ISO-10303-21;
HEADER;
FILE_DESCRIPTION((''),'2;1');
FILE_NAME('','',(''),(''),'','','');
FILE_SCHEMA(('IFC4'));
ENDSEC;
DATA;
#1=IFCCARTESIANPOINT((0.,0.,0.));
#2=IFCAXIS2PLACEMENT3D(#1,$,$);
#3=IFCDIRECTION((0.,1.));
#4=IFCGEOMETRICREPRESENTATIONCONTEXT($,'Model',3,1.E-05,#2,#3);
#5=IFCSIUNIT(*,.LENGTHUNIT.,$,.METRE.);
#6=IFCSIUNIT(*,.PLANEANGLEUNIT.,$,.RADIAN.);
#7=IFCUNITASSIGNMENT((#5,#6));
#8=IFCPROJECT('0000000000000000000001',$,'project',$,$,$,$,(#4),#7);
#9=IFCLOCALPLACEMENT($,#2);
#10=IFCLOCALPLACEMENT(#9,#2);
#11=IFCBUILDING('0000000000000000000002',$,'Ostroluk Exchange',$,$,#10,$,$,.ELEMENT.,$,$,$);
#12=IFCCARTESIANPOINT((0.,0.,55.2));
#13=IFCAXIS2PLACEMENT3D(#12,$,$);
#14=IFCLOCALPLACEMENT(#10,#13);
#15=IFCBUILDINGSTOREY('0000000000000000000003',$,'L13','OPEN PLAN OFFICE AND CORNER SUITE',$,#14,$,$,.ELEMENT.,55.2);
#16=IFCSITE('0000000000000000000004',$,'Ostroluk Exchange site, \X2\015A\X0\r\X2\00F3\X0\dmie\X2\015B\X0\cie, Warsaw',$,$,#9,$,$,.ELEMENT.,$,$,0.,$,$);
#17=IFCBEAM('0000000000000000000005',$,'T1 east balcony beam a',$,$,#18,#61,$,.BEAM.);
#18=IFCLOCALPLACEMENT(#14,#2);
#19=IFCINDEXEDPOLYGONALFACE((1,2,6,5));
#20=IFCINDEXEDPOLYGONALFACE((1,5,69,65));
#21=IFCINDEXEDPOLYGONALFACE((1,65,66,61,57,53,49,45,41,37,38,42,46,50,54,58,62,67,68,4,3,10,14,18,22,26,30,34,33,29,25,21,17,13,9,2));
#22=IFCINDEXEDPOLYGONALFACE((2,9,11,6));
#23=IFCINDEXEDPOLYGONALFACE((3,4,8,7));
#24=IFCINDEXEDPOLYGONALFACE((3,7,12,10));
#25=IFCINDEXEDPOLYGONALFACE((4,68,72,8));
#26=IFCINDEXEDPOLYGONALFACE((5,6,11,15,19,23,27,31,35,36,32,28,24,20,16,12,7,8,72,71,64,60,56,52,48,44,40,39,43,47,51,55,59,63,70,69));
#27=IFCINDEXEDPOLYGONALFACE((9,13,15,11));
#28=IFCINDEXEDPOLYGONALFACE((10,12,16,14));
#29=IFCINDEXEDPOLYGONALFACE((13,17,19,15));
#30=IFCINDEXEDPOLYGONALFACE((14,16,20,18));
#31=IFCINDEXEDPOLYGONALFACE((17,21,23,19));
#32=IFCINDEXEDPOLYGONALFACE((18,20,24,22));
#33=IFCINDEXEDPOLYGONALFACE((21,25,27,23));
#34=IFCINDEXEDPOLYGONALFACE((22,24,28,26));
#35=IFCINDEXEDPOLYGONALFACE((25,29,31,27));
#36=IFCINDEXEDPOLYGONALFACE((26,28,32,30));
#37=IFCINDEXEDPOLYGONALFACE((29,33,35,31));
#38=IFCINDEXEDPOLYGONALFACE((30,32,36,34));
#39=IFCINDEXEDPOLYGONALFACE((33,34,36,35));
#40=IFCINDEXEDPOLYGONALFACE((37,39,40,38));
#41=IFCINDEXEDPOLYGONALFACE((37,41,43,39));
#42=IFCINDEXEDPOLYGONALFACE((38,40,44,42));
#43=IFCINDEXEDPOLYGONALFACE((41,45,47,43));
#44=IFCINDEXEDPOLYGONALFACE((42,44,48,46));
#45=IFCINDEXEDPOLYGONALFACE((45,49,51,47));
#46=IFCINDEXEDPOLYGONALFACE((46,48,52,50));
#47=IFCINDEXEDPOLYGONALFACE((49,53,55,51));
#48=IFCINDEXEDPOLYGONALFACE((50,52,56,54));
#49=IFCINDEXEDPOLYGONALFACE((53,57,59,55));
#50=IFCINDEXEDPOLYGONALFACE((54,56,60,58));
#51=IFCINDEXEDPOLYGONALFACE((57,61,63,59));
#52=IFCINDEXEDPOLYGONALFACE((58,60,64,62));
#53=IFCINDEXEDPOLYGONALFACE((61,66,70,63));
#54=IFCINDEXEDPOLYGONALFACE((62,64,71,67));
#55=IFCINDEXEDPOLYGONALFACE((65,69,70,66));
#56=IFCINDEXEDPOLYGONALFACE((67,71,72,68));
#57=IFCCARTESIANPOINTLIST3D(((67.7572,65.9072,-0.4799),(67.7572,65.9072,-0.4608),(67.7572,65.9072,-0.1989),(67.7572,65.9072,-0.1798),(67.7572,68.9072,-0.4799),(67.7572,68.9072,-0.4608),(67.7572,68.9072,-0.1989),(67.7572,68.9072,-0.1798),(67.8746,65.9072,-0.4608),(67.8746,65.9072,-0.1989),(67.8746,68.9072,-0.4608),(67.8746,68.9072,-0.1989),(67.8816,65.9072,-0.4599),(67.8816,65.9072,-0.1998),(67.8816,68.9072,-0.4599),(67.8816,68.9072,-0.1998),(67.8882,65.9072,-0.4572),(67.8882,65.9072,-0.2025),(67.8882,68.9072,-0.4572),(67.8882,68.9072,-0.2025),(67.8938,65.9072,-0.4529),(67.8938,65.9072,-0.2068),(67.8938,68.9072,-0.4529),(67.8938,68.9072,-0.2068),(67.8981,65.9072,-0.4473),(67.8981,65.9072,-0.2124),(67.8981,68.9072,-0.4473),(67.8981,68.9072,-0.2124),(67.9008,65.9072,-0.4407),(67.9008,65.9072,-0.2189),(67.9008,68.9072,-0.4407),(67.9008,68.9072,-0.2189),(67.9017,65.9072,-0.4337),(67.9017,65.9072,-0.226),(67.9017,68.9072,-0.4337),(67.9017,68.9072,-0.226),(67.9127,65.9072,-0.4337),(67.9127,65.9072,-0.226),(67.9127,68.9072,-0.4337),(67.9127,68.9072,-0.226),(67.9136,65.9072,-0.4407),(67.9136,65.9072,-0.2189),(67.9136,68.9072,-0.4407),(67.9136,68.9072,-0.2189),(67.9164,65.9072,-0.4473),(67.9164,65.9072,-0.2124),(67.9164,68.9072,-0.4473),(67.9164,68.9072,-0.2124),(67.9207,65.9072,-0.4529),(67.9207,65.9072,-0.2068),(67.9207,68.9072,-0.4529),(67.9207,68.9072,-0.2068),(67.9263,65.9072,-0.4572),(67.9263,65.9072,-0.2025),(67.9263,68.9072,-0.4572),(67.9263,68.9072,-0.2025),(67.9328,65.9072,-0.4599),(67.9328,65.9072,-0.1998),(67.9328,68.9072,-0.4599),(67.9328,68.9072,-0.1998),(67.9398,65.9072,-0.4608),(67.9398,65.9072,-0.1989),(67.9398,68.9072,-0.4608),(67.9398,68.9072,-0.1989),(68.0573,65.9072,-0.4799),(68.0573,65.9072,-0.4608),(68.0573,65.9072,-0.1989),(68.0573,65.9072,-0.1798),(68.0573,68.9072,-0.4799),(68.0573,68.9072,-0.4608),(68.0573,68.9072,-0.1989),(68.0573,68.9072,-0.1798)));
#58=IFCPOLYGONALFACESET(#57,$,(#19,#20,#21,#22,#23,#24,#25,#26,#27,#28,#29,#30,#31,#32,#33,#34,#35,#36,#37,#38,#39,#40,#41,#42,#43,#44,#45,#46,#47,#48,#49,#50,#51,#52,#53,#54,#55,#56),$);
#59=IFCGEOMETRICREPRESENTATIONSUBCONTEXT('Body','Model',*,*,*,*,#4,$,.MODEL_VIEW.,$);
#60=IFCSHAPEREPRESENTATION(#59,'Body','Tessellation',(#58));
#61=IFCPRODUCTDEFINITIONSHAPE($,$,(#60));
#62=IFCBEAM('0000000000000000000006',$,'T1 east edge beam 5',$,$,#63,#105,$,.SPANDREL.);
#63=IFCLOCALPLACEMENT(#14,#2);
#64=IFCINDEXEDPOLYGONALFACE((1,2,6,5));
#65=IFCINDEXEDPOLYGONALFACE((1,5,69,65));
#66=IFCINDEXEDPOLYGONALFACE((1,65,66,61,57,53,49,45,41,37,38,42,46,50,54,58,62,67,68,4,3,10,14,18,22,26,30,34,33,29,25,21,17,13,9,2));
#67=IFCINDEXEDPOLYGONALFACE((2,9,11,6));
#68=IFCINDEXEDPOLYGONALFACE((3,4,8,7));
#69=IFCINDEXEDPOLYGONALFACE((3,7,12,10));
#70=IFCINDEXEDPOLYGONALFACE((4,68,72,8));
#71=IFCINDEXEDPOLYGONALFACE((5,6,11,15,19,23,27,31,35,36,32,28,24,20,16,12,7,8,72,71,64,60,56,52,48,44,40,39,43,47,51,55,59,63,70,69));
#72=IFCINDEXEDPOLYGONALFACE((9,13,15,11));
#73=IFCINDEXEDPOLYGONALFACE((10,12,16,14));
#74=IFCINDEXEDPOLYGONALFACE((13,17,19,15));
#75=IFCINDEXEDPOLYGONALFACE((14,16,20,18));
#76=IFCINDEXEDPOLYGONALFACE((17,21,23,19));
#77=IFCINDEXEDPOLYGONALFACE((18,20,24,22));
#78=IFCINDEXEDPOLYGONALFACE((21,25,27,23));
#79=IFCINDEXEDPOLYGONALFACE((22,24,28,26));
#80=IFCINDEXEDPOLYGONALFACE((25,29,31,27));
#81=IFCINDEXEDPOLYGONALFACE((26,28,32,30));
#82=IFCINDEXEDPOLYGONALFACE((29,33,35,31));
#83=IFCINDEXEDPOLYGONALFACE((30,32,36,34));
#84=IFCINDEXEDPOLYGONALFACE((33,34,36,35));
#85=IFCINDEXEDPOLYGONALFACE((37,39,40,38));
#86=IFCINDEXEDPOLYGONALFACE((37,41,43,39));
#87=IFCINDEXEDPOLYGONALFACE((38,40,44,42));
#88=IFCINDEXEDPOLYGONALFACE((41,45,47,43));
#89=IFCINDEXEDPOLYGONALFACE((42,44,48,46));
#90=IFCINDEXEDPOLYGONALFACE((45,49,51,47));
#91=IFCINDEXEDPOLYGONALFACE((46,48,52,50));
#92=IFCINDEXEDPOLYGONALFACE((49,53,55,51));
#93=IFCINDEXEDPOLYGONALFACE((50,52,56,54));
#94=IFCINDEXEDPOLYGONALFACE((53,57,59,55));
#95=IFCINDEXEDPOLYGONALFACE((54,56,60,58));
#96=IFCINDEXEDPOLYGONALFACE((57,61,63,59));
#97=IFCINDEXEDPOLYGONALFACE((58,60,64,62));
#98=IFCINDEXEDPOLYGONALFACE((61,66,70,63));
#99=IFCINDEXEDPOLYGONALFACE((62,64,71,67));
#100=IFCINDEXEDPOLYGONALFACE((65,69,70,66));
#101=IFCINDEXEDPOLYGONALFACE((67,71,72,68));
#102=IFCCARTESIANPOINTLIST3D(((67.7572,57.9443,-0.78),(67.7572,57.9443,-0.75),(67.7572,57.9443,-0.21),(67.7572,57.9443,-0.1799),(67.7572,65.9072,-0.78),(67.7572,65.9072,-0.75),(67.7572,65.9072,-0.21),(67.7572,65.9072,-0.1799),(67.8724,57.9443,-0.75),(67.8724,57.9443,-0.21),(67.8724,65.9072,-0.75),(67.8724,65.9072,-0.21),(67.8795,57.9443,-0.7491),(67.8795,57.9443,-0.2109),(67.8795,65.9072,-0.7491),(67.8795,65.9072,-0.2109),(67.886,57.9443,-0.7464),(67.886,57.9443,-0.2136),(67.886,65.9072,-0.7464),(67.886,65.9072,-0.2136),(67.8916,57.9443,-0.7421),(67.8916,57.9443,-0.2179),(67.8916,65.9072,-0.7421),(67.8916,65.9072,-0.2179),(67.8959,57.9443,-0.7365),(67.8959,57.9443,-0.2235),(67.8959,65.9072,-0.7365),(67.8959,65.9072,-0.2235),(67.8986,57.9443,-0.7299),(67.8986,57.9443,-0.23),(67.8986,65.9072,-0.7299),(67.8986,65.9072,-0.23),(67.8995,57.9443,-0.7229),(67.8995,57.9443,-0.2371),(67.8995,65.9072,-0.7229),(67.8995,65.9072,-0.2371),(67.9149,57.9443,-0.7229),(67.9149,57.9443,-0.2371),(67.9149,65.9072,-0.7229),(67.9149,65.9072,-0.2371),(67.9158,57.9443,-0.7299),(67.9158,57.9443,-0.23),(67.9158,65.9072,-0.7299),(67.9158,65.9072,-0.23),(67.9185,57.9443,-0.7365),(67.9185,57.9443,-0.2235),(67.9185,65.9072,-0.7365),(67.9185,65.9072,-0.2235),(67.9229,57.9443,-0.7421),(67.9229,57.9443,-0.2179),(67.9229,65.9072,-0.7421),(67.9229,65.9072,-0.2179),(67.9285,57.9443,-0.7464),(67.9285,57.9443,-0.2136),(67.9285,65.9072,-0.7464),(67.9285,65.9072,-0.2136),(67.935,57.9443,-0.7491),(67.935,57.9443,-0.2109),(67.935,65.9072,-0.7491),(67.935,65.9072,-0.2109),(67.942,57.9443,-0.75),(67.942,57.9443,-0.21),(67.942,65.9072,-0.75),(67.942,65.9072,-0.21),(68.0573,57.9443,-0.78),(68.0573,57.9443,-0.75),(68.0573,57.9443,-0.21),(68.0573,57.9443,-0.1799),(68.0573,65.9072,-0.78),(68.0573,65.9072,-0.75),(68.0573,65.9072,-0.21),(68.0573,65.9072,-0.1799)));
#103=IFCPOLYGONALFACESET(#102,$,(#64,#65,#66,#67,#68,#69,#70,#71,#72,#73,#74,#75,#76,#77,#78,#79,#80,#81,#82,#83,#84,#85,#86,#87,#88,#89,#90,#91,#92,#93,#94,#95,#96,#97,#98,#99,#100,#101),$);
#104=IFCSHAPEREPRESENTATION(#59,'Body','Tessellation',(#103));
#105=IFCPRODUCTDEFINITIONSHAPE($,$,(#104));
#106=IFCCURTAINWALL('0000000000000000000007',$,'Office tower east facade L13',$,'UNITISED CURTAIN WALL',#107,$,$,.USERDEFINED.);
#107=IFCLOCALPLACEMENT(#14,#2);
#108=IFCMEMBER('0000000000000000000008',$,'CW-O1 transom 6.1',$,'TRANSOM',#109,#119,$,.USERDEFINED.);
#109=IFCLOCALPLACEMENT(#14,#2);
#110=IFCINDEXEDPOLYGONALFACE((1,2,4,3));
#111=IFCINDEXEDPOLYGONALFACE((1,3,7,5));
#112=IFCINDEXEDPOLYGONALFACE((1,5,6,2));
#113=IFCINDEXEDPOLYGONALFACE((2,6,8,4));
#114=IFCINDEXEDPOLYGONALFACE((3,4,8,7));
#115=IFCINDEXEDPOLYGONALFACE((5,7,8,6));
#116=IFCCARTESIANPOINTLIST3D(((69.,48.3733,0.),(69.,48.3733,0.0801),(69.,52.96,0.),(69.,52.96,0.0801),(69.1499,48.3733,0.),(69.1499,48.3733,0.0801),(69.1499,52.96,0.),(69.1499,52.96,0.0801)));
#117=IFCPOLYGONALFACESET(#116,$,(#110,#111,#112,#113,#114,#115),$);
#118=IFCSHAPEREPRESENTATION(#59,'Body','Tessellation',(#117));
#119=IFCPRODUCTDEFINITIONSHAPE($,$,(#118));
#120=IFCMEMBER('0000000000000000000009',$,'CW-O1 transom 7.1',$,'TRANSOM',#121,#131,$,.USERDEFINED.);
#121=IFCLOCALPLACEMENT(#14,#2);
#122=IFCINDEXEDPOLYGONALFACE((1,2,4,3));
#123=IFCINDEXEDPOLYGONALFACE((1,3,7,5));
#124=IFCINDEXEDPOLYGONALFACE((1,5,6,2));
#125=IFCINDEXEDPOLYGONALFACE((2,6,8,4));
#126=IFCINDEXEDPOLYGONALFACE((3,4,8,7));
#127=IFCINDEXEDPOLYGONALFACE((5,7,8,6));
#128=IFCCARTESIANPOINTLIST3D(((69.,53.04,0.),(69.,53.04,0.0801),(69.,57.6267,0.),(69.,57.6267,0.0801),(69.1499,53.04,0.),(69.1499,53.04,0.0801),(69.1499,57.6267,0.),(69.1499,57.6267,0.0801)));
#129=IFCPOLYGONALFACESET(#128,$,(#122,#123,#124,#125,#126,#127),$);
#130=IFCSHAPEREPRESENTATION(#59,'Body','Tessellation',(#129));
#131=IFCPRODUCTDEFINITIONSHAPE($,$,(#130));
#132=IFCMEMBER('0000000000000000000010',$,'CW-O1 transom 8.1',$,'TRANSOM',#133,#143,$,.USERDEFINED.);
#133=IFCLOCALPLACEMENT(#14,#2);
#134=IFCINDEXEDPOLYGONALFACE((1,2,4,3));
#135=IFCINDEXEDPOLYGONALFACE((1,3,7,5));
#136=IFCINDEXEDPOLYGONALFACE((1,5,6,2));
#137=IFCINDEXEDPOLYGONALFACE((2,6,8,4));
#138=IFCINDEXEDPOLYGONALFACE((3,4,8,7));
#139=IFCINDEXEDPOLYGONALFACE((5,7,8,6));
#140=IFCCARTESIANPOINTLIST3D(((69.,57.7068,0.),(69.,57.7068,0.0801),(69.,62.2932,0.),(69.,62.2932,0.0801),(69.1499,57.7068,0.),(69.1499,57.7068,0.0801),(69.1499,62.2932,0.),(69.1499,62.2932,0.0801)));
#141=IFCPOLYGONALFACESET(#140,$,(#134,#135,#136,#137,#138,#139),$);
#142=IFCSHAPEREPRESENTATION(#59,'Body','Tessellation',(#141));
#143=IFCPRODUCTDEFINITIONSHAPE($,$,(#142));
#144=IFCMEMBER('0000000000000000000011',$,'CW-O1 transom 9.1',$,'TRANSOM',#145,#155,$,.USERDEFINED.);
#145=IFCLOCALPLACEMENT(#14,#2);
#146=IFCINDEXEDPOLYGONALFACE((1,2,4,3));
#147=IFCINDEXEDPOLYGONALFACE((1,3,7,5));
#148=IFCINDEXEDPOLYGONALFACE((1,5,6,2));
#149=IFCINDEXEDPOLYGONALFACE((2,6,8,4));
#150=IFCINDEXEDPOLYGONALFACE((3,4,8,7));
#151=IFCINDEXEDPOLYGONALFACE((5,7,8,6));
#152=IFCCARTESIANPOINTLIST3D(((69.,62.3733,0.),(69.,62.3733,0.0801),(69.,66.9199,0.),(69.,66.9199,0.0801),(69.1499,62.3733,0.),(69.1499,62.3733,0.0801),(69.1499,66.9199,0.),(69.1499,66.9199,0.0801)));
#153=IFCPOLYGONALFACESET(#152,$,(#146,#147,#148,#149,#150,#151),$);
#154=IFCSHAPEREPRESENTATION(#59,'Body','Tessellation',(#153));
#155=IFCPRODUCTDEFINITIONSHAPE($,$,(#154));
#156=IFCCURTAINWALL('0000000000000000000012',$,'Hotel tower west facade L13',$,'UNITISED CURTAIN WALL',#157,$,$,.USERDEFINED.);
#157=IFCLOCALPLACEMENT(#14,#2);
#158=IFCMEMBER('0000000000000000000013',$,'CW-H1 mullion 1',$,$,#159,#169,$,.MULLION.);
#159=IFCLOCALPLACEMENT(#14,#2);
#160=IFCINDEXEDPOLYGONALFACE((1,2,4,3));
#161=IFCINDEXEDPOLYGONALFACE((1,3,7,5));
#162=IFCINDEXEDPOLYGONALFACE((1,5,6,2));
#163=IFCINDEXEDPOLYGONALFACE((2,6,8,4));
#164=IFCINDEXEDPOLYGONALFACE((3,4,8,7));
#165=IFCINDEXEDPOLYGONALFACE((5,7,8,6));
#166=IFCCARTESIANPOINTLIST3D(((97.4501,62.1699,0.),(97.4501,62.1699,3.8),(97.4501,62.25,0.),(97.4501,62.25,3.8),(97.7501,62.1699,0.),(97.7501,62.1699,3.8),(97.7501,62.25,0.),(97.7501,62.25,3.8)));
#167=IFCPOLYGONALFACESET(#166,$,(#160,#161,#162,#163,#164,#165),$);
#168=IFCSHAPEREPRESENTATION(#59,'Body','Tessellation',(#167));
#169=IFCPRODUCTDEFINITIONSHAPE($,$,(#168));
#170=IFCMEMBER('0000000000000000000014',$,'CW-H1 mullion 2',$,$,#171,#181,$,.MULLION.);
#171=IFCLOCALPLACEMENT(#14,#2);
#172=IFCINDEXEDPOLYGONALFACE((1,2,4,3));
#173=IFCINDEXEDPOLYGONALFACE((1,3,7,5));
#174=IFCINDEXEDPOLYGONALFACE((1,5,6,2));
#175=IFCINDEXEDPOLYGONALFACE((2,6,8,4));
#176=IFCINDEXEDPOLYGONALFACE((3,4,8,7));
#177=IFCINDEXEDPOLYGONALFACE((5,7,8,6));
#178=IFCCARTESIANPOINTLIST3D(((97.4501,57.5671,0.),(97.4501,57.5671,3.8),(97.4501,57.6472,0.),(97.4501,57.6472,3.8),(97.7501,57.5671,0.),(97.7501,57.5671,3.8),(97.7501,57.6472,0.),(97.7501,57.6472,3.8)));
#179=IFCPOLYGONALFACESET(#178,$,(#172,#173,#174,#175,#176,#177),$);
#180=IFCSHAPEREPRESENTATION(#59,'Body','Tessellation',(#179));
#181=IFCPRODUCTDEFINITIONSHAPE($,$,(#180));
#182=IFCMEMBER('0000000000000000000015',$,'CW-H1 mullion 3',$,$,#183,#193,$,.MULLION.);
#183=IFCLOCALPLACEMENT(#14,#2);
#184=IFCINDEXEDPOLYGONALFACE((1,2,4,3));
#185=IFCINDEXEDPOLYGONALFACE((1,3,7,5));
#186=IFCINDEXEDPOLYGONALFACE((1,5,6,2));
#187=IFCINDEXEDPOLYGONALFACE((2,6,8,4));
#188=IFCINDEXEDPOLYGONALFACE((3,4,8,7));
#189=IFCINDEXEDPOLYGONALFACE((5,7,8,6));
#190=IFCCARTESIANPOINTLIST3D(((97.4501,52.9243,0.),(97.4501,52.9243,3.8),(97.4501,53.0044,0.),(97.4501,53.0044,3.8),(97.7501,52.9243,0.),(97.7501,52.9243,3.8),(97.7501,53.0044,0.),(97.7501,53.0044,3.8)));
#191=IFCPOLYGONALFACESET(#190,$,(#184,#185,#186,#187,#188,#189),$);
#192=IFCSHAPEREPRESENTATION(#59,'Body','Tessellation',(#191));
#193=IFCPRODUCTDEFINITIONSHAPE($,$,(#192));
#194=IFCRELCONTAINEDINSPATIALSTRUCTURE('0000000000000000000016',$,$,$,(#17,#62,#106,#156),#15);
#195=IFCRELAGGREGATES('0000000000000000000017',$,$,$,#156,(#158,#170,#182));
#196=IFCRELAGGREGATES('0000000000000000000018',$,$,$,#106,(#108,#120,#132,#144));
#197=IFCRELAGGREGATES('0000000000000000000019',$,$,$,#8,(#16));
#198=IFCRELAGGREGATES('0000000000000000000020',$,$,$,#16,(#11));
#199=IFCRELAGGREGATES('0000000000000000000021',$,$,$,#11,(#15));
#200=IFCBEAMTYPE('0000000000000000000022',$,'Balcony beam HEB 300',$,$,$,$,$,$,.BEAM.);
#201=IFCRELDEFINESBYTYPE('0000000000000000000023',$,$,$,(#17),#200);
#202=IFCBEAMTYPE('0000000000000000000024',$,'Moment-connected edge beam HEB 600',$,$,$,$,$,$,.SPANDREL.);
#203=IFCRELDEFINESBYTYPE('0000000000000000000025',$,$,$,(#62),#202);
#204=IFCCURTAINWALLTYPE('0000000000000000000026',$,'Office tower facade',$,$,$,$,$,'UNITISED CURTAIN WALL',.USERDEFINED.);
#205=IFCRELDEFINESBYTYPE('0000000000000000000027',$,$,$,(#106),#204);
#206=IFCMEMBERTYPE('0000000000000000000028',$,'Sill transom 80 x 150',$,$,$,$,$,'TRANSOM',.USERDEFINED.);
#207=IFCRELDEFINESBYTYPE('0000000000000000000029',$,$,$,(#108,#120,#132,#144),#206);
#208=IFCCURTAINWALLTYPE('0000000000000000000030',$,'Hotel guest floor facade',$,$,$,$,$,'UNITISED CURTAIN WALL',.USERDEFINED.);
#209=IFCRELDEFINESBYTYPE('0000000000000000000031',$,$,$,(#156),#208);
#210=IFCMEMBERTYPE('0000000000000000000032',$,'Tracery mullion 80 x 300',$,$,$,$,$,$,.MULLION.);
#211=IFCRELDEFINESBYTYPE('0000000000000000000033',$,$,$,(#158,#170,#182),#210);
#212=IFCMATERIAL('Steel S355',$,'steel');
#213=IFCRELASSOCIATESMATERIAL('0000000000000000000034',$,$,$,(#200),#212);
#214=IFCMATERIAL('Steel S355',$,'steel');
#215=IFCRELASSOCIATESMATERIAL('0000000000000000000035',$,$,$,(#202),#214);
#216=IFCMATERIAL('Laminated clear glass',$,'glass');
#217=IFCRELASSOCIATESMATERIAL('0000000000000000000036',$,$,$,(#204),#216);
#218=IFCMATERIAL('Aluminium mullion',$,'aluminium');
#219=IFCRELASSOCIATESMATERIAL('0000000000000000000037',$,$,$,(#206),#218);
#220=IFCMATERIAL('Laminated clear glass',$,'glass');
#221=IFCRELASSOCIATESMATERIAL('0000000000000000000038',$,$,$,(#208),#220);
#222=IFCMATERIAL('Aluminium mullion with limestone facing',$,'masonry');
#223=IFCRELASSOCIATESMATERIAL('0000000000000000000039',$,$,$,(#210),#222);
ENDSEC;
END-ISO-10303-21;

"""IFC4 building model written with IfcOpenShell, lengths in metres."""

from ifc_helpers import new_model, si_unit, direction, frame, origin, origin_2d, place, context, subcontext, project, spatial, rectangle, i_section, extrude, material, material_profile, profile_set, type_object, element, aggregate, save


model = new_model("IFC4")

# Units and contexts
model_context = context("Model", 3, precision=1e-05, world=origin(), true_north=direction((0.0, 1.0)))
body_context = subcontext(model_context, "Body", "Model", "MODEL_VIEW")
ifc_project = project(units=[si_unit("LENGTHUNIT", "METRE"), si_unit("PLANEANGLEUNIT", "RADIAN")], contexts=[model_context])

# Site, building, storey
site_placement = place(None, origin())
site = spatial("IfcSite", under=ifc_project, at=site_placement, Name="Ostroluk Exchange site, Śródmieście, Warsaw", CompositionType="ELEMENT", RefElevation=0.0)
building_placement = place(site_placement, origin())
building = spatial("IfcBuilding", under=site, at=building_placement, Name="Ostroluk Exchange", CompositionType="ELEMENT")
storey_placement = place(building_placement, frame((0.0, 0.0, 55.2)))
storey = spatial("IfcBuildingStorey", under=building, at=storey_placement, Name="L13", Description="OPEN PLAN OFFICE AND CORNER SUITE", CompositionType="ELEMENT", Elevation=55.2)

# Beams
ifc_material_1 = material(Name="Steel S355", Category="steel")
ifc_material_profile_1 = material_profile(ifc_material_1, i_section(OverallWidth=0.3, OverallDepth=0.3, WebThickness=0.011, FlangeThickness=0.019, FilletRadius=0.0271, at=origin_2d()), Name="HEB 300")
ifc_profile_set_1 = profile_set([ifc_material_profile_1], Name="Steel S355")
beam_type_1 = type_object("IfcBeamType", Name="Balcony beam HEB 300", PredefinedType="BEAM", material=ifc_profile_set_1)
beam_1_placement = place(storey_placement, frame((67.9072, 65.9072, -0.3298), z_axis=(0.0, 1.0, 0.0), x_axis=(-1.0, 0.0, 0.0)))
element("IfcBeam", 1, at=beam_1_placement, inside=storey, type_object=beam_type_1, Name="T1 east balcony beam a", PredefinedType="BEAM", context=body_context, shape_type="SweptSolid", body=[
    extrude(i_section(OverallWidth=0.3, OverallDepth=0.3, WebThickness=0.011, FlangeThickness=0.019, FilletRadius=0.0271, at=origin_2d()), origin(), (0.0, 0.0, 1.0), 3.0),
])
ifc_material_2 = material(Name="Steel S355", Category="steel")
ifc_material_profile_2 = material_profile(ifc_material_2, i_section(OverallWidth=0.3, OverallDepth=0.6001, WebThickness=0.0154, FlangeThickness=0.03, FilletRadius=0.0271, at=origin_2d()), Name="HEB 600")
ifc_profile_set_2 = profile_set([ifc_material_profile_2], Name="Steel S355")
beam_type_2 = type_object("IfcBeamType", Name="Moment-connected edge beam HEB 600", PredefinedType="SPANDREL", material=ifc_profile_set_2)
beam_2_placement = place(storey_placement, frame((67.9072, 57.9443, -0.48), z_axis=(0.0, 1.0, 0.0), x_axis=(-1.0, 0.0, 0.0)))
element("IfcBeam", 2, at=beam_2_placement, inside=storey, type_object=beam_type_2, Name="T1 east edge beam 5", PredefinedType="SPANDREL", context=body_context, shape_type="SweptSolid", body=[
    extrude(i_section(OverallWidth=0.3, OverallDepth=0.6001, WebThickness=0.0154, FlangeThickness=0.03, FilletRadius=0.0271, at=origin_2d()), origin(), (0.0, 0.0, 1.0), 7.9629),
])

# Curtain walls, members
ifc_material_3 = material(Name="Laminated clear glass", Category="glass")
curtain_wall_type_1 = type_object("IfcCurtainWallType", Name="Office tower facade", ElementType="UNITISED CURTAIN WALL", PredefinedType="USERDEFINED", material=ifc_material_3)
curtain_wall_1_placement = place(storey_placement, origin())
curtain_wall_1 = element("IfcCurtainWall", 3, at=curtain_wall_1_placement, inside=storey, type_object=curtain_wall_type_1, Name="Office tower east facade L13", ObjectType="UNITISED CURTAIN WALL", PredefinedType="USERDEFINED")
ifc_material_4 = material(Name="Aluminium mullion", Category="aluminium")
ifc_material_profile_3 = material_profile(ifc_material_4, rectangle(XDim=0.1499, YDim=0.0801, at=origin_2d()), Name="Sill transom 80 x 150")
ifc_profile_set_3 = profile_set([ifc_material_profile_3], Name="Aluminium mullion")
member_type_1 = type_object("IfcMemberType", Name="Sill transom 80 x 150", ElementType="TRANSOM", PredefinedType="USERDEFINED", material=ifc_profile_set_3)
member_1_placement = place(storey_placement, frame((69.075, 48.3733, 0.04), z_axis=(0.0, 1.0, 0.0), x_axis=(-1.0, 0.0, 0.0)))
member_1 = element("IfcMember", 4, at=member_1_placement, type_object=member_type_1, Name="CW-O1 transom 6.1", ObjectType="TRANSOM", PredefinedType="USERDEFINED", context=body_context, shape_type="SweptSolid", body=[
    extrude(rectangle(XDim=0.1499, YDim=0.0801, at=origin_2d()), origin(), (0.0, 0.0, 1.0), 4.5867),
])
member_2_placement = place(storey_placement, frame((69.075, 53.04, 0.04), z_axis=(0.0, 1.0, 0.0), x_axis=(-1.0, 0.0, 0.0)))
member_2 = element("IfcMember", 5, at=member_2_placement, type_object=member_type_1, Name="CW-O1 transom 7.1", ObjectType="TRANSOM", PredefinedType="USERDEFINED", context=body_context, shape_type="SweptSolid", body=[
    extrude(rectangle(XDim=0.1499, YDim=0.0801, at=origin_2d()), origin(), (0.0, 0.0, 1.0), 4.5867),
])
member_3_placement = place(storey_placement, frame((69.075, 57.7068, 0.04), z_axis=(0.0, 1.0, 0.0), x_axis=(-1.0, 0.0, 0.0)))
member_3 = element("IfcMember", 6, at=member_3_placement, type_object=member_type_1, Name="CW-O1 transom 8.1", ObjectType="TRANSOM", PredefinedType="USERDEFINED", context=body_context, shape_type="SweptSolid", body=[
    extrude(rectangle(XDim=0.1499, YDim=0.0801, at=origin_2d()), origin(), (0.0, 0.0, 1.0), 4.5864),
])
member_4_placement = place(storey_placement, frame((69.075, 62.3733, 0.04), z_axis=(0.0, 1.0, 0.0), x_axis=(-1.0, 0.0, 0.0)))
member_4 = element("IfcMember", 7, at=member_4_placement, type_object=member_type_1, Name="CW-O1 transom 9.1", ObjectType="TRANSOM", PredefinedType="USERDEFINED", context=body_context, shape_type="SweptSolid", body=[
    extrude(rectangle(XDim=0.1499, YDim=0.0801, at=origin_2d()), origin(), (0.0, 0.0, 1.0), 4.5466),
])
ifc_material_5 = material(Name="Laminated clear glass", Category="glass")
curtain_wall_type_2 = type_object("IfcCurtainWallType", Name="Hotel guest floor facade", ElementType="UNITISED CURTAIN WALL", PredefinedType="USERDEFINED", material=ifc_material_5)
curtain_wall_2_placement = place(storey_placement, origin())
curtain_wall_2 = element("IfcCurtainWall", 8, at=curtain_wall_2_placement, inside=storey, type_object=curtain_wall_type_2, Name="Hotel tower west facade L13", ObjectType="UNITISED CURTAIN WALL", PredefinedType="USERDEFINED")
ifc_material_6 = material(Name="Aluminium mullion with limestone facing", Category="masonry")
ifc_material_profile_4 = material_profile(ifc_material_6, rectangle(XDim=0.3, YDim=0.0801, at=origin_2d()), Name="Tracery mullion 80 x 300")
ifc_profile_set_4 = profile_set([ifc_material_profile_4], Name="Aluminium mullion with limestone facing")
member_type_2 = type_object("IfcMemberType", Name="Tracery mullion 80 x 300", PredefinedType="MULLION", material=ifc_profile_set_4)
member_5_placement = place(storey_placement, frame((97.6001, 62.21, 0.0), z_axis=(0.0, 0.0, 1.0), x_axis=(1.0, 0.0, 0.0)))
member_5 = element("IfcMember", 9, at=member_5_placement, type_object=member_type_2, Name="CW-H1 mullion 1", PredefinedType="MULLION", context=body_context, shape_type="SweptSolid", body=[
    extrude(rectangle(XDim=0.3, YDim=0.0801, at=origin_2d()), origin(), (0.0, 0.0, 1.0), 3.8),
])
member_6_placement = place(storey_placement, frame((97.6001, 57.6072, 0.0), z_axis=(0.0, 0.0, 1.0), x_axis=(1.0, 0.0, 0.0)))
member_6 = element("IfcMember", 10, at=member_6_placement, type_object=member_type_2, Name="CW-H1 mullion 2", PredefinedType="MULLION", context=body_context, shape_type="SweptSolid", body=[
    extrude(rectangle(XDim=0.3, YDim=0.0801, at=origin_2d()), origin(), (0.0, 0.0, 1.0), 3.8),
])
member_7_placement = place(storey_placement, frame((97.6001, 52.9644, 0.0), z_axis=(0.0, 0.0, 1.0), x_axis=(1.0, 0.0, 0.0)))
member_7 = element("IfcMember", 11, at=member_7_placement, type_object=member_type_2, Name="CW-H1 mullion 3", PredefinedType="MULLION", context=body_context, shape_type="SweptSolid", body=[
    extrude(rectangle(XDim=0.3, YDim=0.0801, at=origin_2d()), origin(), (0.0, 0.0, 1.0), 3.8),
])
aggregate(curtain_wall_2, [member_5, member_6, member_7])

aggregate(curtain_wall_1, [member_1, member_2, member_3, member_4])

save(model, "model.ifc")
